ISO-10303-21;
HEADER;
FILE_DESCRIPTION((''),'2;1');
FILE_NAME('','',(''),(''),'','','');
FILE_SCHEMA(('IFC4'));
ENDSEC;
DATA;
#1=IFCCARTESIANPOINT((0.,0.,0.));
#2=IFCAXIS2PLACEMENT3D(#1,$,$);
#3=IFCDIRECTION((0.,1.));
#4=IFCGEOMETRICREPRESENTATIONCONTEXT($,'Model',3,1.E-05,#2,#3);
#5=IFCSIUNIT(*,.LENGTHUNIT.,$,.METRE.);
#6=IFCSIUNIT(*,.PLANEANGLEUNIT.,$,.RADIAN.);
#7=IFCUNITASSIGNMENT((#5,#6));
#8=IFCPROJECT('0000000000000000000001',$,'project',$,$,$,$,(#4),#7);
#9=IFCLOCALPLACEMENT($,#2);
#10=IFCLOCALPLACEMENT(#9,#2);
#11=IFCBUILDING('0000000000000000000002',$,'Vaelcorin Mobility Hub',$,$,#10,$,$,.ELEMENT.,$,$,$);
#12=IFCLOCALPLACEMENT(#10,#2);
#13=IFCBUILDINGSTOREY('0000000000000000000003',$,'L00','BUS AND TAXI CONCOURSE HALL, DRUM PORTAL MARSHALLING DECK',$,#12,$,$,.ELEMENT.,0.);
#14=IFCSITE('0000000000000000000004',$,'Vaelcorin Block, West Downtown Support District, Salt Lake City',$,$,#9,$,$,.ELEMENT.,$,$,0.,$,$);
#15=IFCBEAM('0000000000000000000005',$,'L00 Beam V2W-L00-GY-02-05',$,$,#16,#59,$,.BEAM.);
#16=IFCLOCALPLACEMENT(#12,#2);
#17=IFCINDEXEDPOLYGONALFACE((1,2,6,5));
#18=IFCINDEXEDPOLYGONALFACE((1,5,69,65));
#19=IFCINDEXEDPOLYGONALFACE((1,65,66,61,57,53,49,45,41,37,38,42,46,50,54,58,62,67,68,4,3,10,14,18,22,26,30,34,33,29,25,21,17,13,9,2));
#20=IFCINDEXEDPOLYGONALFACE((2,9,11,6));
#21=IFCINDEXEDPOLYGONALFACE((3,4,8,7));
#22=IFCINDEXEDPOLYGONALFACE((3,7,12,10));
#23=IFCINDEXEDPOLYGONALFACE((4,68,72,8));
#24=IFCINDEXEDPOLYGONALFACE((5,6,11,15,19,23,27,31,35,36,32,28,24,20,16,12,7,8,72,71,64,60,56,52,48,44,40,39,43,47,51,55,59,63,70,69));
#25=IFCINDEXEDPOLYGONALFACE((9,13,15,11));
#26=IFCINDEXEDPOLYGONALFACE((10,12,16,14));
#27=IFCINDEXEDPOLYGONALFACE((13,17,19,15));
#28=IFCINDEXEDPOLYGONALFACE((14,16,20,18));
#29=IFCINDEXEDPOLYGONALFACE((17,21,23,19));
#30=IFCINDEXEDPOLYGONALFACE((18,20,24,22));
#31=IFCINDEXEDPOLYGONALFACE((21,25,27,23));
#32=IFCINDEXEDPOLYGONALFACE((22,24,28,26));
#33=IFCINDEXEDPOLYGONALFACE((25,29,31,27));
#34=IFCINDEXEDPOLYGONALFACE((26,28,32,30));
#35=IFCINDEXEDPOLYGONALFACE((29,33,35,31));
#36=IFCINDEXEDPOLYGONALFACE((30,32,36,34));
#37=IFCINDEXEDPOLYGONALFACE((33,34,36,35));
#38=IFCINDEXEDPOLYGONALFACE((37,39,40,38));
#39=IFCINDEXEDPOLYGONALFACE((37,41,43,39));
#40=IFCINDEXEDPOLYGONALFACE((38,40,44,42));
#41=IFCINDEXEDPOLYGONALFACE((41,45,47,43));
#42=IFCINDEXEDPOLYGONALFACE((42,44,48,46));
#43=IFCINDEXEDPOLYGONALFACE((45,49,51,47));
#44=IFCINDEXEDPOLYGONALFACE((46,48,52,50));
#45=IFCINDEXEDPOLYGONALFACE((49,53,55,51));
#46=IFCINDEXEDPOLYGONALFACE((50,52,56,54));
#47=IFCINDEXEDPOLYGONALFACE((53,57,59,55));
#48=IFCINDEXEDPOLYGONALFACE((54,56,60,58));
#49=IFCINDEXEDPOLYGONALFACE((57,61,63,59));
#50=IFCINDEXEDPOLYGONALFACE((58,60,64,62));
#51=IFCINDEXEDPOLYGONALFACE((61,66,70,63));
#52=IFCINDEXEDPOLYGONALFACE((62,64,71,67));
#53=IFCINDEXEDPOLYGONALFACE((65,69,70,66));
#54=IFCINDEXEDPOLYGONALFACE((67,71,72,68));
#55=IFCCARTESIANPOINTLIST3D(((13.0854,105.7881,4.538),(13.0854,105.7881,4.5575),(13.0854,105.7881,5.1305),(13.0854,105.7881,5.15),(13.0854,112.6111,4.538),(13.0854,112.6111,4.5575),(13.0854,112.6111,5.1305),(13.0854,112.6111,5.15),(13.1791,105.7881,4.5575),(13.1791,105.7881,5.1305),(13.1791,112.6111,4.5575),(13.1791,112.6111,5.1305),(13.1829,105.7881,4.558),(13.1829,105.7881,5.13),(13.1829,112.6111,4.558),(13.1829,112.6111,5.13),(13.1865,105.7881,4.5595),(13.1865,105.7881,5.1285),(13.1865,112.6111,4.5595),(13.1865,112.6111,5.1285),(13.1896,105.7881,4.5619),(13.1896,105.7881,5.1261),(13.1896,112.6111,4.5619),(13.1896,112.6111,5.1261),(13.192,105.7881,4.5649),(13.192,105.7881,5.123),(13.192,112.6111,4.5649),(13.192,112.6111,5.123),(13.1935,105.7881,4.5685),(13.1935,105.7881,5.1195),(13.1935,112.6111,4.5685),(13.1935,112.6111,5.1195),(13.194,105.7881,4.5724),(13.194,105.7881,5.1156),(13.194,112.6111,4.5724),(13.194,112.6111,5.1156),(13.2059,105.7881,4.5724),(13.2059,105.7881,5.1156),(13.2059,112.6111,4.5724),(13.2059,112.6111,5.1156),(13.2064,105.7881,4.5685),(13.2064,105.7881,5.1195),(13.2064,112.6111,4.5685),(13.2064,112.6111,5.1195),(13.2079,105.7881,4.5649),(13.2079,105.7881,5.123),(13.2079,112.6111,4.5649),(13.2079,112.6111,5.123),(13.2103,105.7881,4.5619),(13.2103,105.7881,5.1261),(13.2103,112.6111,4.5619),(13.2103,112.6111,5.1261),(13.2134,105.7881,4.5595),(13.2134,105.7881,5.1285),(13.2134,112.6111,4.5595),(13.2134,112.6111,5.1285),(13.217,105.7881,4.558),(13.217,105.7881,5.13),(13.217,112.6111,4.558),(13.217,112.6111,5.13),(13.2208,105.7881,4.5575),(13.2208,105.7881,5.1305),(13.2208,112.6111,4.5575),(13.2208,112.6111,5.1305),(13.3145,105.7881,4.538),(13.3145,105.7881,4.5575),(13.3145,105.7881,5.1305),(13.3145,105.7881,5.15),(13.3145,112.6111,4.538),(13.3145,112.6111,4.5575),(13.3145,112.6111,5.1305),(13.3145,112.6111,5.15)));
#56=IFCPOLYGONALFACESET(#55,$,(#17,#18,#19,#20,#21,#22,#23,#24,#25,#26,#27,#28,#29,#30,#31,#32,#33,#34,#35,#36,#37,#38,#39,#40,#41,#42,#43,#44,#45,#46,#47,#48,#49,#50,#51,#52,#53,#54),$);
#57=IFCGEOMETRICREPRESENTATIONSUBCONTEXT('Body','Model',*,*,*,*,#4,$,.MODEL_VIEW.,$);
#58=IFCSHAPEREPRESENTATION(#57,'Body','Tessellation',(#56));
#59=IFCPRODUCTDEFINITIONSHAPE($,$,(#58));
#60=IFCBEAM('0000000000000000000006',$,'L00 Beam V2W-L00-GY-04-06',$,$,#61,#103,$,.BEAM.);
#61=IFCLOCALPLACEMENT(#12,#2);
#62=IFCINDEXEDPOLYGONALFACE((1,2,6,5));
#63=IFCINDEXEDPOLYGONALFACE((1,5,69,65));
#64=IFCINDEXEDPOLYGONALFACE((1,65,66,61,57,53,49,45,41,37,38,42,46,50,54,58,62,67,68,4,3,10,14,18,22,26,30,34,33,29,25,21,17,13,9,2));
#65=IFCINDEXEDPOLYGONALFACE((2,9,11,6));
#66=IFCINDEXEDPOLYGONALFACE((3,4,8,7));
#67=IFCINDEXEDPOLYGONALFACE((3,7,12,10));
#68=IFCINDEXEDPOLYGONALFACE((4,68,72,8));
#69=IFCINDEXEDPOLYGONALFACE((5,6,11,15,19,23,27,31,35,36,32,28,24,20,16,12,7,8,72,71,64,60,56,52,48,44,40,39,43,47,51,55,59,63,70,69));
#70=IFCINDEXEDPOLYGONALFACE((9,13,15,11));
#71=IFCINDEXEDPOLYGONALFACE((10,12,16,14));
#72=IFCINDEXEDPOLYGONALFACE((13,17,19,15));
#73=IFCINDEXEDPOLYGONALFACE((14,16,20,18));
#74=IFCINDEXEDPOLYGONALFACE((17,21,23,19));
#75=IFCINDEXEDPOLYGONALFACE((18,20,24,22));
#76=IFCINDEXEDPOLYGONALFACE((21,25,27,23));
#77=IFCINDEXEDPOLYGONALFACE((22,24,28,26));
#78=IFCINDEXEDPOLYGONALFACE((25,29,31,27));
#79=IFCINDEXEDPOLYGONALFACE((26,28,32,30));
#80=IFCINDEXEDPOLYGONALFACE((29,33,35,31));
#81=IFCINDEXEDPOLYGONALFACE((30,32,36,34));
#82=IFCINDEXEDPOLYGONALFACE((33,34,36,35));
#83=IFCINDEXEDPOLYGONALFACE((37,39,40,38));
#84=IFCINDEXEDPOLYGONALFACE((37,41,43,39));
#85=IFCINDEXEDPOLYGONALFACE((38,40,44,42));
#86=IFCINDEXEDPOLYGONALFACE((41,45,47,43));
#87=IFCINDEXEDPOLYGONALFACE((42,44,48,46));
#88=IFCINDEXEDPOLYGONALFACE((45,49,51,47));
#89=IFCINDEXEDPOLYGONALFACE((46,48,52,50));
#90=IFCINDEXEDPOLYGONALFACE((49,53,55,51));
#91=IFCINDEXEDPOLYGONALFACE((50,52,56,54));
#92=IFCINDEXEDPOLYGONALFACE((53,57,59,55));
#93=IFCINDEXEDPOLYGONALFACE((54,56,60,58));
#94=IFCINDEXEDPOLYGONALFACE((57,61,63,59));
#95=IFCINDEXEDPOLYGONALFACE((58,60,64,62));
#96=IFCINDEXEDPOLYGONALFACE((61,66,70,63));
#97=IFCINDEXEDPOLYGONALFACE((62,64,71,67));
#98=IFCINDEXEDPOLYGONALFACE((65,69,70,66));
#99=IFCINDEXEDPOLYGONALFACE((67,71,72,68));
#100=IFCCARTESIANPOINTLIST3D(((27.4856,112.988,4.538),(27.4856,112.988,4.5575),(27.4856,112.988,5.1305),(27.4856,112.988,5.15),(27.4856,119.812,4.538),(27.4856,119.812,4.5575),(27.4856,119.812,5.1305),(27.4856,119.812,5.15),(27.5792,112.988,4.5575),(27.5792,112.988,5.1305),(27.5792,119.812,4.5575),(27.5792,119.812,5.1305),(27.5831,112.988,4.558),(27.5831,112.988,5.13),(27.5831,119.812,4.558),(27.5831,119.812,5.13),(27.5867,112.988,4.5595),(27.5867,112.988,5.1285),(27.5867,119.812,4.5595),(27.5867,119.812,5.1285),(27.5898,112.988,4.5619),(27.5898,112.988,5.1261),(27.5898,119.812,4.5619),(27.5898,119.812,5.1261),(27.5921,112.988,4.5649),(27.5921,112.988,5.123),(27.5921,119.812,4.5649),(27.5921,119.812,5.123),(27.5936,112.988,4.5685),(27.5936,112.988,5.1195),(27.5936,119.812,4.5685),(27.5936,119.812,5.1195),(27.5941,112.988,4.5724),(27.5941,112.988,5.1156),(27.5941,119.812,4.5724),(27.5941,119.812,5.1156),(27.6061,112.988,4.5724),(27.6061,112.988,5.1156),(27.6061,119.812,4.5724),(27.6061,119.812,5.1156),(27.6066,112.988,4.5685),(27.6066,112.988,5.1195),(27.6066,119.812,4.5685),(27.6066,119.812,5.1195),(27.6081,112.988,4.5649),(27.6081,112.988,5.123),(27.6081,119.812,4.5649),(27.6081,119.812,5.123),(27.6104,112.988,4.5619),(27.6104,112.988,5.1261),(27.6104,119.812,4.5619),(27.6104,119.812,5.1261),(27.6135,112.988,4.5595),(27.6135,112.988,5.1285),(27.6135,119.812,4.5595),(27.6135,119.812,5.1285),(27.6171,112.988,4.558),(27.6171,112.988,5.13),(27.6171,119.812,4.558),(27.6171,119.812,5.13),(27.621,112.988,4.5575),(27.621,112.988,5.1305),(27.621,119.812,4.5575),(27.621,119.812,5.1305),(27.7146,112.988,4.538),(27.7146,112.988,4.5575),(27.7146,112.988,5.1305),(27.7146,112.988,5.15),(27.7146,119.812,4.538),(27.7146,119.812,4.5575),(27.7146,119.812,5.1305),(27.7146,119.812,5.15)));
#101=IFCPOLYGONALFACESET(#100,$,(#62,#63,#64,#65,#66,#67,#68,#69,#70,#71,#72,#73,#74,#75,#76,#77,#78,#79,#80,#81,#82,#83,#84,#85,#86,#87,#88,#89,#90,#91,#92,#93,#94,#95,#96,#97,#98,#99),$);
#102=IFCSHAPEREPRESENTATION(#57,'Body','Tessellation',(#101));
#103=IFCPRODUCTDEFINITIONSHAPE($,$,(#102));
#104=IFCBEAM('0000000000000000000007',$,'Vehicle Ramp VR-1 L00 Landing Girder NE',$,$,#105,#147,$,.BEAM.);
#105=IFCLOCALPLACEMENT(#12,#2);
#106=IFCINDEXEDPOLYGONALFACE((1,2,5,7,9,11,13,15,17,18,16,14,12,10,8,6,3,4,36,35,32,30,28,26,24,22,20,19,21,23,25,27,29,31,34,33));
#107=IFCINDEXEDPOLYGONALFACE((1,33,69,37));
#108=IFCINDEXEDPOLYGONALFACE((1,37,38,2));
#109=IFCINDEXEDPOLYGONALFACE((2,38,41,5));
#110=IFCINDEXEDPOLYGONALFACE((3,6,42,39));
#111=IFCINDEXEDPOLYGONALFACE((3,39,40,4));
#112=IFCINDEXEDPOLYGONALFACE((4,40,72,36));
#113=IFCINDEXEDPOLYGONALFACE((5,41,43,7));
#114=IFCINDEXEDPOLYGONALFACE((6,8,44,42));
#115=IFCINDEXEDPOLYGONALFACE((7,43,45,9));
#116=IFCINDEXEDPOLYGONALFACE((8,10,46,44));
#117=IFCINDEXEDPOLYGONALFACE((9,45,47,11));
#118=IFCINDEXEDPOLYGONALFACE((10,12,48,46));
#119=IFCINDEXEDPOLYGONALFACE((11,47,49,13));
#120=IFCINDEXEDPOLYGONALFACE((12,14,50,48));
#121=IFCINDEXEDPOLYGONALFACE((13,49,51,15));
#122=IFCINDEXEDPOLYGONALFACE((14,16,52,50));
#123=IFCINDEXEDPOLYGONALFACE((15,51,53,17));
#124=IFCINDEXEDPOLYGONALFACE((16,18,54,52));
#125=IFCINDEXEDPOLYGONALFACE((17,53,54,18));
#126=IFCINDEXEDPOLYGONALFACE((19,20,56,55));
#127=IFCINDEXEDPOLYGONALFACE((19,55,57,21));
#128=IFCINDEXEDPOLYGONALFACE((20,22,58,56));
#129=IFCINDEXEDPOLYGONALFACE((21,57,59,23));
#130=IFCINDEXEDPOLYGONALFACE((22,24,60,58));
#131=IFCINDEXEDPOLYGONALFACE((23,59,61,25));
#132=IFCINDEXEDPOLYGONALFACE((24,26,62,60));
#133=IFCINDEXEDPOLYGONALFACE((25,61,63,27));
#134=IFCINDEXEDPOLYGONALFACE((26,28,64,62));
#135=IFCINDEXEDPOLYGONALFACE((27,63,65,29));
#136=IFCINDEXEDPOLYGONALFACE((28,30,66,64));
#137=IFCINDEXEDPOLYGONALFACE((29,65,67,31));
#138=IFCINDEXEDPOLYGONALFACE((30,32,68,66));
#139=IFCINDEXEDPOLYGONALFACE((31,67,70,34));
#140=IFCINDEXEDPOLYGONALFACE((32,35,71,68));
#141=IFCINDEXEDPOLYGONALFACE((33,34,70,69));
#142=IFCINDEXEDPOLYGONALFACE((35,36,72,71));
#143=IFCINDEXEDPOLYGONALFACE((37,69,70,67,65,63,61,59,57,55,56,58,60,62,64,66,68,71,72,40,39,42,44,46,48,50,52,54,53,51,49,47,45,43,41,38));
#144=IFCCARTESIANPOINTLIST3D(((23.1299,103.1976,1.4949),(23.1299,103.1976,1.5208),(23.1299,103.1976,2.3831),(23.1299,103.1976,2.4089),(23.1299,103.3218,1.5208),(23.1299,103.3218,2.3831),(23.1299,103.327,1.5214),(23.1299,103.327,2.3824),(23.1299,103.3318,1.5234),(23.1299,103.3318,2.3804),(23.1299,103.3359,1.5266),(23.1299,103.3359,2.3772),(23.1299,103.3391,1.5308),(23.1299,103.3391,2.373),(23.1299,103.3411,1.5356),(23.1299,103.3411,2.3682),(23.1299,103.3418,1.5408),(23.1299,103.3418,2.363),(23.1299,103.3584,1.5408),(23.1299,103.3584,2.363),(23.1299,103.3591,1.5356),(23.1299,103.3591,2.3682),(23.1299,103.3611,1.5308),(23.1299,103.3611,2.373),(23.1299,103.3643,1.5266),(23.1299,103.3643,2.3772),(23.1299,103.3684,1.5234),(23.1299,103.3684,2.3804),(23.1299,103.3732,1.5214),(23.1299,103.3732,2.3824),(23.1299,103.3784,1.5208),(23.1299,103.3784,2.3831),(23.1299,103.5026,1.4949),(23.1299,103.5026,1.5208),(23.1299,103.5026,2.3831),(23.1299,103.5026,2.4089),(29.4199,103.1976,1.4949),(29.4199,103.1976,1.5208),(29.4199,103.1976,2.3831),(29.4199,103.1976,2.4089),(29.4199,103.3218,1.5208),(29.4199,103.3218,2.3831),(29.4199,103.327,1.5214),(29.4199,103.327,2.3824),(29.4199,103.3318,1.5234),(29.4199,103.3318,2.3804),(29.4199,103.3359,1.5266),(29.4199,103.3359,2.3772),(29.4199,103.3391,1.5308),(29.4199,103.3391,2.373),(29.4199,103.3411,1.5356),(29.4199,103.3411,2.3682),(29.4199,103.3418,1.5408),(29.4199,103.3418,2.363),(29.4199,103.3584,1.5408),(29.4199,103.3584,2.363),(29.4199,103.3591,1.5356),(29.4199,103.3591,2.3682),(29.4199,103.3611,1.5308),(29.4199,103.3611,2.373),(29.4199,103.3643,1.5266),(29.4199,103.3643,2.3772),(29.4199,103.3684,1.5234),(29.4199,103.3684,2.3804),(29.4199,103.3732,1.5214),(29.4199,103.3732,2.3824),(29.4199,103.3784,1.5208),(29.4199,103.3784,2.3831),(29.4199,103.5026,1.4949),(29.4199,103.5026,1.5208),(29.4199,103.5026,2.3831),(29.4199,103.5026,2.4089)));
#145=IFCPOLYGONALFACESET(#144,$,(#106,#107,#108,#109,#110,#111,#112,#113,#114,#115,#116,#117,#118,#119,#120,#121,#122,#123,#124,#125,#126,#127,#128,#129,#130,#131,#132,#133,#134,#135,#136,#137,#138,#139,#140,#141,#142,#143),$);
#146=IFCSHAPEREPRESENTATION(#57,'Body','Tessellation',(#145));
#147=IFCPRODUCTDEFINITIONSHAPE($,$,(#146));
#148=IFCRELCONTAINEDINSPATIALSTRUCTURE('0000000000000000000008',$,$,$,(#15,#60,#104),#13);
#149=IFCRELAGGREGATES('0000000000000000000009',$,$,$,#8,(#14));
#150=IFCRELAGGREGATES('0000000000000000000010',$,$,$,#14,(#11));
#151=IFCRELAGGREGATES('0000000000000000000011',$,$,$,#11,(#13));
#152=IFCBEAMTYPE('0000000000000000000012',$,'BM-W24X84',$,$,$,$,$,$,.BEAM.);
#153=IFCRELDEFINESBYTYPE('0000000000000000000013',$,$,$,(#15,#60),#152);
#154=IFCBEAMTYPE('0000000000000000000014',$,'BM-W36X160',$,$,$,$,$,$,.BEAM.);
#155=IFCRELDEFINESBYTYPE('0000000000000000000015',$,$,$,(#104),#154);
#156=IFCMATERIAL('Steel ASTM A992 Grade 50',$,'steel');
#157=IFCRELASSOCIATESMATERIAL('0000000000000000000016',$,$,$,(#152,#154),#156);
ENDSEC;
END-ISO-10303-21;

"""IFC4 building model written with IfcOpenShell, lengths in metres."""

from ifc_helpers import new_model, si_unit, direction, frame, origin, origin_2d, place, context, subcontext, project, spatial, i_section, extrude, material, material_profile, profile_set, type_object, element, save


model = new_model("IFC4")

# Units and contexts
model_context = context("Model", 3, precision=1e-05, world=origin(), true_north=direction((0.0, 1.0)))
body_context = subcontext(model_context, "Body", "Model", "MODEL_VIEW")
ifc_project = project(units=[si_unit("LENGTHUNIT", "METRE"), si_unit("PLANEANGLEUNIT", "RADIAN")], contexts=[model_context])

# Site, building, storey
site_placement = place(None, origin())
site = spatial("IfcSite", under=ifc_project, at=site_placement, Name="Vaelcorin Block, West Downtown Support District, Salt Lake City", CompositionType="ELEMENT", RefElevation=0.0)
building_placement = place(site_placement, origin())
building = spatial("IfcBuilding", under=site, at=building_placement, Name="Vaelcorin Mobility Hub", CompositionType="ELEMENT")
storey_placement = place(building_placement, origin())
storey = spatial("IfcBuildingStorey", under=building, at=storey_placement, Name="L00", Description="BUS AND TAXI CONCOURSE HALL, DRUM PORTAL MARSHALLING DECK", CompositionType="ELEMENT", Elevation=0.0)

# Shared definitions
ifc_material_1 = material(Name="Steel ASTM A992 Grade 50", Category="steel")

# Beams
ifc_material_profile_1 = material_profile(ifc_material_1, i_section(OverallWidth=0.229, OverallDepth=0.6121, WebThickness=0.012, FlangeThickness=0.0195, FilletRadius=0.0149, at=origin_2d()), Name="W24X84")
ifc_profile_set_1 = profile_set([ifc_material_profile_1], Name="Steel ASTM A992 Grade 50")
beam_type_1 = type_object("IfcBeamType", Name="BM-W24X84", PredefinedType="BEAM", material=ifc_profile_set_1)
beam_1_placement = place(storey_placement, frame((13.2, 105.7881, 4.844), z_axis=(0.0, 1.0, 0.0), x_axis=(-1.0, 0.0, 0.0)))
element("IfcBeam", 1, at=beam_1_placement, inside=storey, type_object=beam_type_1, Name="L00 Beam V2W-L00-GY-02-05", PredefinedType="BEAM", context=body_context, shape_type="SweptSolid", body=[
    extrude(i_section(OverallWidth=0.229, OverallDepth=0.6121, WebThickness=0.012, FlangeThickness=0.0195, FilletRadius=0.0149, at=origin_2d()), origin(), (0.0, 0.0, 1.0), 6.823),
])
beam_2_placement = place(storey_placement, frame((27.6001, 112.988, 4.844), z_axis=(0.0, 1.0, 0.0), x_axis=(-1.0, 0.0, 0.0)))
element("IfcBeam", 2, at=beam_2_placement, inside=storey, type_object=beam_type_1, Name="L00 Beam V2W-L00-GY-04-06", PredefinedType="BEAM", context=body_context, shape_type="SweptSolid", body=[
    extrude(i_section(OverallWidth=0.229, OverallDepth=0.6121, WebThickness=0.012, FlangeThickness=0.0195, FilletRadius=0.0149, at=origin_2d()), origin(), (0.0, 0.0, 1.0), 6.824),
])
ifc_material_profile_2 = material_profile(ifc_material_1, i_section(OverallWidth=0.3049, OverallDepth=0.9141, WebThickness=0.0166, FlangeThickness=0.0259, FilletRadius=0.02, at=origin_2d()), Name="W36X160")
ifc_profile_set_2 = profile_set([ifc_material_profile_2], Name="Steel ASTM A992 Grade 50")
beam_type_2 = type_object("IfcBeamType", Name="BM-W36X160", PredefinedType="BEAM", material=ifc_profile_set_2)
beam_3_placement = place(storey_placement, frame((23.1299, 103.3501, 1.9519), z_axis=(1.0, 0.0, 0.0), x_axis=(0.0, 1.0, 0.0)))
element("IfcBeam", 3, at=beam_3_placement, inside=storey, type_object=beam_type_2, Name="Vehicle Ramp VR-1 L00 Landing Girder NE", PredefinedType="BEAM", context=body_context, shape_type="SweptSolid", body=[
    extrude(i_section(OverallWidth=0.3049, OverallDepth=0.9141, WebThickness=0.0166, FlangeThickness=0.0259, FilletRadius=0.02, at=origin_2d()), origin(), (0.0, 0.0, 1.0), 6.29),
])

save(model, "model.ifc")
